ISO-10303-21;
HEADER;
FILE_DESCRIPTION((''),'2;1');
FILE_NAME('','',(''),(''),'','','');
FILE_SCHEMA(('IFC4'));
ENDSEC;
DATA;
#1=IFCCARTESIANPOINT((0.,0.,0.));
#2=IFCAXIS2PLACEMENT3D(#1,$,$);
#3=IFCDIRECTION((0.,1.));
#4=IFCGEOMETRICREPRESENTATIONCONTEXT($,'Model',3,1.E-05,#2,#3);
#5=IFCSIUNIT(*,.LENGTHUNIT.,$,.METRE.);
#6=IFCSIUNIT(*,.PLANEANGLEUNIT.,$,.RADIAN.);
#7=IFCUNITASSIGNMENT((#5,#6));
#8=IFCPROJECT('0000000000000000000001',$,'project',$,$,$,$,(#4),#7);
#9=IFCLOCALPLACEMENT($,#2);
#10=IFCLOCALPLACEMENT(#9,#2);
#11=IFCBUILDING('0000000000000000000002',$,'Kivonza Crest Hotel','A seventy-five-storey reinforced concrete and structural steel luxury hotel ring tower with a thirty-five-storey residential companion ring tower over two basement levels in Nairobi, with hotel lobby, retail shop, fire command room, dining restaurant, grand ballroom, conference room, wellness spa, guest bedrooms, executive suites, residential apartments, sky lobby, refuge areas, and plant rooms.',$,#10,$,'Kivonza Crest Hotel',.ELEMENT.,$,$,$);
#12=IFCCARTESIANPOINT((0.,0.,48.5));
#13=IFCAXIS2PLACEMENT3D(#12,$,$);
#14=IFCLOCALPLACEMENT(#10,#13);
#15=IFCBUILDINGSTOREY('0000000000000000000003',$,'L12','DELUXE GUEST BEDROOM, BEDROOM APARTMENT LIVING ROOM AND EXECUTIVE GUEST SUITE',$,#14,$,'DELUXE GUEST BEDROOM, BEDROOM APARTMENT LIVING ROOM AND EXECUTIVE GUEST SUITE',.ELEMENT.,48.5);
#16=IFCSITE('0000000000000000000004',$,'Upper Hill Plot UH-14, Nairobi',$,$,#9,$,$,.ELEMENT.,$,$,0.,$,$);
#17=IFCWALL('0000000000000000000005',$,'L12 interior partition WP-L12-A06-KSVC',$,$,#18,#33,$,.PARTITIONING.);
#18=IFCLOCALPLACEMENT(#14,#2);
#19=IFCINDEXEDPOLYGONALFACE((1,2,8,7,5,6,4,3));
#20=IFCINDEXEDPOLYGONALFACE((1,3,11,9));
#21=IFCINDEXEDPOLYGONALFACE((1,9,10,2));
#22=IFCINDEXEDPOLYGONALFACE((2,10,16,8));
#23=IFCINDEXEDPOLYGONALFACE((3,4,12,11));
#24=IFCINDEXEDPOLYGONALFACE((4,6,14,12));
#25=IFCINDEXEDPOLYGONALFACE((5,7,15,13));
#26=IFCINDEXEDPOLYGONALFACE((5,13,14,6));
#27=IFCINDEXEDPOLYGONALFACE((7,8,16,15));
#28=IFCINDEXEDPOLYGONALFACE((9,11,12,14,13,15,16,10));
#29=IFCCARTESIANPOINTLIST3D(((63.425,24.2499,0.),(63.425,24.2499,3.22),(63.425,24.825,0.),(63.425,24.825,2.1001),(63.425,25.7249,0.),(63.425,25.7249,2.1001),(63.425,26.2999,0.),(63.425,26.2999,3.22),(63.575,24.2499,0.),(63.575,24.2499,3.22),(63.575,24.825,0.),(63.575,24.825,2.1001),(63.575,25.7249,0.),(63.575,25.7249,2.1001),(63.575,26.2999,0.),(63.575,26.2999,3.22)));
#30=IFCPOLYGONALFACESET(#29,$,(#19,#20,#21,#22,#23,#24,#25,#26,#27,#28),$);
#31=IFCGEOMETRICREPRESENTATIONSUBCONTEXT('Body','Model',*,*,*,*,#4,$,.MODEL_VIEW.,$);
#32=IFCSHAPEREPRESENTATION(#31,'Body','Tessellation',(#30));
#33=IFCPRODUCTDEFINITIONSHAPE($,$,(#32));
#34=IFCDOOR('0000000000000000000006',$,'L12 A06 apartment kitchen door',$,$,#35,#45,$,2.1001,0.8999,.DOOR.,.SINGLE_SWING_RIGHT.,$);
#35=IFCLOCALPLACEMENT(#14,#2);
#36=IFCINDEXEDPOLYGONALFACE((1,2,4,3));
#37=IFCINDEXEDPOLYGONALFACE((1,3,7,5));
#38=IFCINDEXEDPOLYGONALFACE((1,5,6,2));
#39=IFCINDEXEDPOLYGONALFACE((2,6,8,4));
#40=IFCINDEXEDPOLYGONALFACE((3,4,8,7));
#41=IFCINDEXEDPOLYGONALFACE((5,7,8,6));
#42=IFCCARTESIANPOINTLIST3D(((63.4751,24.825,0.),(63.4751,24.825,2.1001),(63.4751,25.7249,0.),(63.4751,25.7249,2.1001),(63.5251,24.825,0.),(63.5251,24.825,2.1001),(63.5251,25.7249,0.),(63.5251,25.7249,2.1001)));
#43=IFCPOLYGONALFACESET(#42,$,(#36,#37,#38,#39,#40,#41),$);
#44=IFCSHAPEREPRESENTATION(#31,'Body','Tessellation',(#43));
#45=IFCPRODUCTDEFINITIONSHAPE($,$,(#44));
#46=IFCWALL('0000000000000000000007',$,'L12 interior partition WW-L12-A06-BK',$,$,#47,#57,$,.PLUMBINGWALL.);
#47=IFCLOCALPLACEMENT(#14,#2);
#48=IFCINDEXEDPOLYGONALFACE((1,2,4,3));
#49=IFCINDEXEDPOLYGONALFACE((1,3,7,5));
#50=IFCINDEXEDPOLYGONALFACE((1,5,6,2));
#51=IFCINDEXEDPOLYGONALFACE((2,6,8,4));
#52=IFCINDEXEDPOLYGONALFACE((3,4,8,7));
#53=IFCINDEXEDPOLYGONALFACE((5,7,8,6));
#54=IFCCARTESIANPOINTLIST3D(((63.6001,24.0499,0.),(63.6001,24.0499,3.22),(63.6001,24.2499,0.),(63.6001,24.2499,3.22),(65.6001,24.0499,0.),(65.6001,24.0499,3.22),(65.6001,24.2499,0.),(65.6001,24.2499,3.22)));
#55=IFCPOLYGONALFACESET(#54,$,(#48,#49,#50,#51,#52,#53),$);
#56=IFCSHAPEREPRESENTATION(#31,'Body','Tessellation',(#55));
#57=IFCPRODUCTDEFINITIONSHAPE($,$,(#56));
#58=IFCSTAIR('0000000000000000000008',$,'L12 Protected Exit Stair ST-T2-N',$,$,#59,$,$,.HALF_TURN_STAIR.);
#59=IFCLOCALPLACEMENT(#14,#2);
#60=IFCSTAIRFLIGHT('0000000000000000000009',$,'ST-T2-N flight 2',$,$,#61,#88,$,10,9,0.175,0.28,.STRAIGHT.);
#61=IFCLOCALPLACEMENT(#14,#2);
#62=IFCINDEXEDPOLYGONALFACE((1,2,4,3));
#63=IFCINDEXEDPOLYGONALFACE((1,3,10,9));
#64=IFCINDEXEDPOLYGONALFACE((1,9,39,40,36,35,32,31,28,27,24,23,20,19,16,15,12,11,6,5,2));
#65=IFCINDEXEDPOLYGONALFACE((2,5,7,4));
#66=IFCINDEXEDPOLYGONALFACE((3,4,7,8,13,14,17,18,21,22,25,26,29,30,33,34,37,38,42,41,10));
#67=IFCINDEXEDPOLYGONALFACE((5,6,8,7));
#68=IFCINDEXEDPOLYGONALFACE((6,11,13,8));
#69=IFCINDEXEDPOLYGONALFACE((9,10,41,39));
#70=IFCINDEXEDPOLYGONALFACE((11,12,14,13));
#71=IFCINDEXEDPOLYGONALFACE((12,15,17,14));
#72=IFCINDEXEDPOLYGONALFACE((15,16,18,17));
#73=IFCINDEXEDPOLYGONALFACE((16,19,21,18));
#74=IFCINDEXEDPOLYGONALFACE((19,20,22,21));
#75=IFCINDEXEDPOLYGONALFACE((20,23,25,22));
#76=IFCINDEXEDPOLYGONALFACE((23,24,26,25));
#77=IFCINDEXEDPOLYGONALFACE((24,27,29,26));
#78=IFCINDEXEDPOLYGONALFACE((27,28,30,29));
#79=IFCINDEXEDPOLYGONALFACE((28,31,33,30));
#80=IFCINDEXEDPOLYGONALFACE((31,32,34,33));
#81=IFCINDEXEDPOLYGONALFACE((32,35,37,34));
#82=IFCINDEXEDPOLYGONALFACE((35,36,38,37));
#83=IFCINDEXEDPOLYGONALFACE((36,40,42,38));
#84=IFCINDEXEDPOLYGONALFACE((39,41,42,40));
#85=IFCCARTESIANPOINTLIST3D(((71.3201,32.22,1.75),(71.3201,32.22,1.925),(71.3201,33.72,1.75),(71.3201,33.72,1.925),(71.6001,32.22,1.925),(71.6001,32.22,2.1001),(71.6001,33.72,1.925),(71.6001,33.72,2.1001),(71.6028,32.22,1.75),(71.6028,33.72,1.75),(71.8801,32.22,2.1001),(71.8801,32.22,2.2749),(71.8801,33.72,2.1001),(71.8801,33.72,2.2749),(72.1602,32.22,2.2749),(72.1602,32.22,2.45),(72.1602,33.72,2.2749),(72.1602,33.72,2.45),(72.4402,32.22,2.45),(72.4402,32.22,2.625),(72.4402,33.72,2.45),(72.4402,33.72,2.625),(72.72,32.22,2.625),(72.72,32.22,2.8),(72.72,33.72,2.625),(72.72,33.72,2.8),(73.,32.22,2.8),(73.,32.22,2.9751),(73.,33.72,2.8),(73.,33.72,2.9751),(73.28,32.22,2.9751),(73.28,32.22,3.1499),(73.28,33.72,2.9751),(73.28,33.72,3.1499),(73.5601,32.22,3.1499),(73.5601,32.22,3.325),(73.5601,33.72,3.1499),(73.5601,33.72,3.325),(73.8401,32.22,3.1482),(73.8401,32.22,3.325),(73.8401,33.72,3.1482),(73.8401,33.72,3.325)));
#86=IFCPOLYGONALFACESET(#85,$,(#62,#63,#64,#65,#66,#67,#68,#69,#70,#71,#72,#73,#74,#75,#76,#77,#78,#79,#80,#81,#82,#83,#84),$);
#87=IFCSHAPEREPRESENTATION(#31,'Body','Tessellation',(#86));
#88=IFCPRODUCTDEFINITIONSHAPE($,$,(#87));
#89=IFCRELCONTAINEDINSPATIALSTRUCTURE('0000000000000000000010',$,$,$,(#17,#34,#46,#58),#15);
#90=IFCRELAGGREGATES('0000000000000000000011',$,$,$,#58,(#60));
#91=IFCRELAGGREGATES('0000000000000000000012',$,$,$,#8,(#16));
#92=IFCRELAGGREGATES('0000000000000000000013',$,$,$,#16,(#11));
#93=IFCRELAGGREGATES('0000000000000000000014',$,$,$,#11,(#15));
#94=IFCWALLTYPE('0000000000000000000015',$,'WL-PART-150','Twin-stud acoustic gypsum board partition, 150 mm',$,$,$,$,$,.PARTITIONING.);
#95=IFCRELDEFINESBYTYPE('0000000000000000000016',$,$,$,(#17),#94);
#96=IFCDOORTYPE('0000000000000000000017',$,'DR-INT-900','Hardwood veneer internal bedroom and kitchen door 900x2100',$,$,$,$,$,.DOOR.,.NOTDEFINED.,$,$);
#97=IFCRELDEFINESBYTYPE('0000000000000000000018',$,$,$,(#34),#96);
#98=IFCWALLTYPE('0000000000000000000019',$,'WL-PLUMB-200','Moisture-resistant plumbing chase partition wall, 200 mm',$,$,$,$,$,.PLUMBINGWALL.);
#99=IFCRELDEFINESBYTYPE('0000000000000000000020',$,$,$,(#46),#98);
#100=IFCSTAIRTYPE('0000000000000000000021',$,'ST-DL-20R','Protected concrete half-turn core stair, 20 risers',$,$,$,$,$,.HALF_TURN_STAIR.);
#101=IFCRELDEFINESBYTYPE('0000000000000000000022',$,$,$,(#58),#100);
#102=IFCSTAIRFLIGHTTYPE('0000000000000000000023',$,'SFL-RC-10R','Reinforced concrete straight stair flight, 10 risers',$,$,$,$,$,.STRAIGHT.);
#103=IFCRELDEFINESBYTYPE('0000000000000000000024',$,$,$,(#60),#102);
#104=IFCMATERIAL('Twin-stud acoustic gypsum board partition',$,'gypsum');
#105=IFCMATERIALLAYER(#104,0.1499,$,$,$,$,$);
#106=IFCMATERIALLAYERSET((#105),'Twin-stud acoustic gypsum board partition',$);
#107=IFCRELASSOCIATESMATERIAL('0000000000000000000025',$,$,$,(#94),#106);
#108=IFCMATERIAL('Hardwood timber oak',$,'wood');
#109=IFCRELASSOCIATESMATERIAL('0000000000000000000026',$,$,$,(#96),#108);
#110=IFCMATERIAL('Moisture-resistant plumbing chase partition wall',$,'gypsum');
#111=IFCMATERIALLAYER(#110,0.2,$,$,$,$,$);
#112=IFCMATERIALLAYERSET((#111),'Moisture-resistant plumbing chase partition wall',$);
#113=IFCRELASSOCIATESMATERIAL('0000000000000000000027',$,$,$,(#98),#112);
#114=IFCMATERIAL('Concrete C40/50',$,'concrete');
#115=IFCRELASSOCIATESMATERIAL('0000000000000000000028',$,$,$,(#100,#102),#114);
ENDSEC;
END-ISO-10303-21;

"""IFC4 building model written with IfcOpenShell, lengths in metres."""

from ifc_helpers import new_model, si_unit, direction, frame, frame_2d, origin, place, context, subcontext, project, spatial, polyline, rectangle, outline, extrude, material, layer, layer_set, type_object, element, fill, aggregate, save


model = new_model("IFC4")

# Units and contexts
model_context = context("Model", 3, precision=1e-05, world=origin(), true_north=direction((0.0, 1.0)))
body_context = subcontext(model_context, "Body", "Model", "MODEL_VIEW")
ifc_project = project(units=[si_unit("LENGTHUNIT", "METRE"), si_unit("PLANEANGLEUNIT", "RADIAN")], contexts=[model_context])

# Site, building, storey
site_placement = place(None, origin())
site = spatial("IfcSite", under=ifc_project, at=site_placement, Name="Upper Hill Plot UH-14, Nairobi", CompositionType="ELEMENT", RefElevation=0.0)
building_placement = place(site_placement, origin())
building = spatial("IfcBuilding", under=site, at=building_placement, Name="Kivonza Crest Hotel", Description="A seventy-five-storey reinforced concrete and structural steel luxury hotel ring tower with a thirty-five-storey residential companion ring tower over two basement levels in Nairobi, with hotel lobby, retail shop, fire command room, dining restaurant, grand ballroom, conference room, wellness spa, guest bedrooms, executive suites, residential apartments, sky lobby, refuge areas, and plant rooms.", LongName="Kivonza Crest Hotel", CompositionType="ELEMENT")
storey_placement = place(building_placement, frame((0.0, 0.0, 48.5)))
storey = spatial("IfcBuildingStorey", under=building, at=storey_placement, Name="L12", Description="DELUXE GUEST BEDROOM, BEDROOM APARTMENT LIVING ROOM AND EXECUTIVE GUEST SUITE", LongName="DELUXE GUEST BEDROOM, BEDROOM APARTMENT LIVING ROOM AND EXECUTIVE GUEST SUITE", CompositionType="ELEMENT", Elevation=48.5)

# Shared definitions
ifc_material_1 = material(Name="Hardwood timber oak", Category="wood")

# Shared definitions
ifc_material_2 = material(Name="Twin-stud acoustic gypsum board partition", Category="gypsum")
ifc_layer_1 = layer(ifc_material_2, 0.1499)
ifc_layer_set_1 = layer_set([ifc_layer_1], Name="Twin-stud acoustic gypsum board partition")
wall_type_1 = type_object("IfcWallType", Name="WL-PART-150", Description="Twin-stud acoustic gypsum board partition, 150 mm", PredefinedType="PARTITIONING", material=ifc_layer_set_1)

# Wall, opening, door
wall_1_placement = place(storey_placement, frame((63.5, 24.25, 0.0), z_axis=(0.0, 0.0, 1.0), x_axis=(0.0, 1.0, 0.0)))
wall_1 = element("IfcWall", 1, at=wall_1_placement, inside=storey, type_object=wall_type_1, Name="L12 interior partition WP-L12-A06-KSVC", PredefinedType="PARTITIONING", context=body_context, shape_type="SweptSolid", body=[
    extrude(rectangle(XDim=2.05, YDim=0.1499, at=frame_2d((1.0249, 0.0))), origin(), (0.0, 0.0, 1.0), 3.22),
])
opening_1_placement = place(wall_1_placement, frame((0.575, 0.0, 0.0)))
opening_1 = element("IfcOpeningElement", 2, at=opening_1_placement, cuts=wall_1, PredefinedType="OPENING", context=body_context, shape_type="SweptSolid", body=[
    extrude(rectangle(XDim=0.8999, YDim=2.1001, at=frame_2d((0.45, 1.05))), frame((0.0, 0.085, 0.0), z_axis=(0.0, -1.0, 0.0), x_axis=(1.0, 0.0, 0.0)), (0.0, 0.0, 1.0), 0.1699),
])
door_type_1 = type_object("IfcDoorType", Name="DR-INT-900", Description="Hardwood veneer internal bedroom and kitchen door 900x2100", OperationType="NOTDEFINED", PredefinedType="DOOR", material=ifc_material_1)
door_1_placement = place(opening_1_placement, origin())
door_1 = element("IfcDoor", 3, at=door_1_placement, inside=storey, type_object=door_type_1, Name="L12 A06 apartment kitchen door", OperationType="SINGLE_SWING_RIGHT", OverallHeight=2.1001, OverallWidth=0.8999, PredefinedType="DOOR", context=body_context, shape_type="SweptSolid", body=[
    extrude(rectangle(XDim=0.8999, YDim=2.1001, at=frame_2d((0.45, 1.05))), frame((0.0, 0.0249, 0.0), z_axis=(0.0, -1.0, 0.0), x_axis=(1.0, 0.0, 0.0)), (0.0, 0.0, 1.0), 0.05),
])
fill(opening_1, door_1)

# Wall
ifc_material_3 = material(Name="Moisture-resistant plumbing chase partition wall", Category="gypsum")
ifc_layer_2 = layer(ifc_material_3, 0.2)
ifc_layer_set_2 = layer_set([ifc_layer_2], Name="Moisture-resistant plumbing chase partition wall")
wall_type_2 = type_object("IfcWallType", Name="WL-PLUMB-200", Description="Moisture-resistant plumbing chase partition wall, 200 mm", PredefinedType="PLUMBINGWALL", material=ifc_layer_set_2)
wall_2_placement = place(storey_placement, frame((63.6001, 24.1499, 0.0), z_axis=(0.0, 0.0, 1.0), x_axis=(1.0, 0.0, 0.0)))
element("IfcWall", 4, at=wall_2_placement, inside=storey, type_object=wall_type_2, Name="L12 interior partition WW-L12-A06-BK", PredefinedType="PLUMBINGWALL", context=body_context, shape_type="SweptSolid", body=[
    extrude(rectangle(XDim=2.0, YDim=0.2, at=frame_2d((1.0, 0.0))), origin(), (0.0, 0.0, 1.0), 3.22),
])

# Stair, stair flight
ifc_material_4 = material(Name="Concrete C40/50", Category="concrete")
stair_type = type_object("IfcStairType", Name="ST-DL-20R", Description="Protected concrete half-turn core stair, 20 risers", PredefinedType="HALF_TURN_STAIR", material=ifc_material_4)
stair_placement = place(storey_placement, origin())
stair = element("IfcStair", 5, at=stair_placement, inside=storey, type_object=stair_type, Name="L12 Protected Exit Stair ST-T2-N", PredefinedType="HALF_TURN_STAIR")
stair_flight_type = type_object("IfcStairFlightType", Name="SFL-RC-10R", Description="Reinforced concrete straight stair flight, 10 risers", PredefinedType="STRAIGHT", material=ifc_material_4)
stair_flight_placement = place(storey_placement, frame((71.3201, 32.97, 1.75), z_axis=(0.0, 0.0, 1.0), x_axis=(1.0, 0.0, 0.0)))
stair_flight = element("IfcStairFlight", 6, at=stair_flight_placement, type_object=stair_flight_type, Name="ST-T2-N flight 2", NumberOfRisers=10, NumberOfTreads=9, PredefinedType="STRAIGHT", RiserHeight=0.175, TreadLength=0.28, context=body_context, shape_type="SweptSolid", body=[
    extrude(outline(polyline([(0.0, 0.0), (0.0, 0.175), (0.28, 0.175), (0.28, 0.3501), (0.5601, 0.3501), (0.5601, 0.5249), (0.8401, 0.5249), (0.8401, 0.7), (1.1201, 0.7), (1.1201, 0.875), (1.3999, 0.875), (1.3999, 1.05), (1.6799, 1.05), (1.6799, 1.2251), (1.96, 1.2251), (1.96, 1.3999), (2.24, 1.3999), (2.24, 1.575), (2.52, 1.575), (2.52, 1.75), (2.52, 1.3982), (0.2827, 0.0), (0.0, 0.0)])), frame((0.0, 0.75, 0.0), z_axis=(0.0, -1.0, 0.0), x_axis=(1.0, 0.0, 0.0)), (0.0, 0.0, 1.0), 1.5),
])
aggregate(stair, [stair_flight])

save(model, "model.ifc")
